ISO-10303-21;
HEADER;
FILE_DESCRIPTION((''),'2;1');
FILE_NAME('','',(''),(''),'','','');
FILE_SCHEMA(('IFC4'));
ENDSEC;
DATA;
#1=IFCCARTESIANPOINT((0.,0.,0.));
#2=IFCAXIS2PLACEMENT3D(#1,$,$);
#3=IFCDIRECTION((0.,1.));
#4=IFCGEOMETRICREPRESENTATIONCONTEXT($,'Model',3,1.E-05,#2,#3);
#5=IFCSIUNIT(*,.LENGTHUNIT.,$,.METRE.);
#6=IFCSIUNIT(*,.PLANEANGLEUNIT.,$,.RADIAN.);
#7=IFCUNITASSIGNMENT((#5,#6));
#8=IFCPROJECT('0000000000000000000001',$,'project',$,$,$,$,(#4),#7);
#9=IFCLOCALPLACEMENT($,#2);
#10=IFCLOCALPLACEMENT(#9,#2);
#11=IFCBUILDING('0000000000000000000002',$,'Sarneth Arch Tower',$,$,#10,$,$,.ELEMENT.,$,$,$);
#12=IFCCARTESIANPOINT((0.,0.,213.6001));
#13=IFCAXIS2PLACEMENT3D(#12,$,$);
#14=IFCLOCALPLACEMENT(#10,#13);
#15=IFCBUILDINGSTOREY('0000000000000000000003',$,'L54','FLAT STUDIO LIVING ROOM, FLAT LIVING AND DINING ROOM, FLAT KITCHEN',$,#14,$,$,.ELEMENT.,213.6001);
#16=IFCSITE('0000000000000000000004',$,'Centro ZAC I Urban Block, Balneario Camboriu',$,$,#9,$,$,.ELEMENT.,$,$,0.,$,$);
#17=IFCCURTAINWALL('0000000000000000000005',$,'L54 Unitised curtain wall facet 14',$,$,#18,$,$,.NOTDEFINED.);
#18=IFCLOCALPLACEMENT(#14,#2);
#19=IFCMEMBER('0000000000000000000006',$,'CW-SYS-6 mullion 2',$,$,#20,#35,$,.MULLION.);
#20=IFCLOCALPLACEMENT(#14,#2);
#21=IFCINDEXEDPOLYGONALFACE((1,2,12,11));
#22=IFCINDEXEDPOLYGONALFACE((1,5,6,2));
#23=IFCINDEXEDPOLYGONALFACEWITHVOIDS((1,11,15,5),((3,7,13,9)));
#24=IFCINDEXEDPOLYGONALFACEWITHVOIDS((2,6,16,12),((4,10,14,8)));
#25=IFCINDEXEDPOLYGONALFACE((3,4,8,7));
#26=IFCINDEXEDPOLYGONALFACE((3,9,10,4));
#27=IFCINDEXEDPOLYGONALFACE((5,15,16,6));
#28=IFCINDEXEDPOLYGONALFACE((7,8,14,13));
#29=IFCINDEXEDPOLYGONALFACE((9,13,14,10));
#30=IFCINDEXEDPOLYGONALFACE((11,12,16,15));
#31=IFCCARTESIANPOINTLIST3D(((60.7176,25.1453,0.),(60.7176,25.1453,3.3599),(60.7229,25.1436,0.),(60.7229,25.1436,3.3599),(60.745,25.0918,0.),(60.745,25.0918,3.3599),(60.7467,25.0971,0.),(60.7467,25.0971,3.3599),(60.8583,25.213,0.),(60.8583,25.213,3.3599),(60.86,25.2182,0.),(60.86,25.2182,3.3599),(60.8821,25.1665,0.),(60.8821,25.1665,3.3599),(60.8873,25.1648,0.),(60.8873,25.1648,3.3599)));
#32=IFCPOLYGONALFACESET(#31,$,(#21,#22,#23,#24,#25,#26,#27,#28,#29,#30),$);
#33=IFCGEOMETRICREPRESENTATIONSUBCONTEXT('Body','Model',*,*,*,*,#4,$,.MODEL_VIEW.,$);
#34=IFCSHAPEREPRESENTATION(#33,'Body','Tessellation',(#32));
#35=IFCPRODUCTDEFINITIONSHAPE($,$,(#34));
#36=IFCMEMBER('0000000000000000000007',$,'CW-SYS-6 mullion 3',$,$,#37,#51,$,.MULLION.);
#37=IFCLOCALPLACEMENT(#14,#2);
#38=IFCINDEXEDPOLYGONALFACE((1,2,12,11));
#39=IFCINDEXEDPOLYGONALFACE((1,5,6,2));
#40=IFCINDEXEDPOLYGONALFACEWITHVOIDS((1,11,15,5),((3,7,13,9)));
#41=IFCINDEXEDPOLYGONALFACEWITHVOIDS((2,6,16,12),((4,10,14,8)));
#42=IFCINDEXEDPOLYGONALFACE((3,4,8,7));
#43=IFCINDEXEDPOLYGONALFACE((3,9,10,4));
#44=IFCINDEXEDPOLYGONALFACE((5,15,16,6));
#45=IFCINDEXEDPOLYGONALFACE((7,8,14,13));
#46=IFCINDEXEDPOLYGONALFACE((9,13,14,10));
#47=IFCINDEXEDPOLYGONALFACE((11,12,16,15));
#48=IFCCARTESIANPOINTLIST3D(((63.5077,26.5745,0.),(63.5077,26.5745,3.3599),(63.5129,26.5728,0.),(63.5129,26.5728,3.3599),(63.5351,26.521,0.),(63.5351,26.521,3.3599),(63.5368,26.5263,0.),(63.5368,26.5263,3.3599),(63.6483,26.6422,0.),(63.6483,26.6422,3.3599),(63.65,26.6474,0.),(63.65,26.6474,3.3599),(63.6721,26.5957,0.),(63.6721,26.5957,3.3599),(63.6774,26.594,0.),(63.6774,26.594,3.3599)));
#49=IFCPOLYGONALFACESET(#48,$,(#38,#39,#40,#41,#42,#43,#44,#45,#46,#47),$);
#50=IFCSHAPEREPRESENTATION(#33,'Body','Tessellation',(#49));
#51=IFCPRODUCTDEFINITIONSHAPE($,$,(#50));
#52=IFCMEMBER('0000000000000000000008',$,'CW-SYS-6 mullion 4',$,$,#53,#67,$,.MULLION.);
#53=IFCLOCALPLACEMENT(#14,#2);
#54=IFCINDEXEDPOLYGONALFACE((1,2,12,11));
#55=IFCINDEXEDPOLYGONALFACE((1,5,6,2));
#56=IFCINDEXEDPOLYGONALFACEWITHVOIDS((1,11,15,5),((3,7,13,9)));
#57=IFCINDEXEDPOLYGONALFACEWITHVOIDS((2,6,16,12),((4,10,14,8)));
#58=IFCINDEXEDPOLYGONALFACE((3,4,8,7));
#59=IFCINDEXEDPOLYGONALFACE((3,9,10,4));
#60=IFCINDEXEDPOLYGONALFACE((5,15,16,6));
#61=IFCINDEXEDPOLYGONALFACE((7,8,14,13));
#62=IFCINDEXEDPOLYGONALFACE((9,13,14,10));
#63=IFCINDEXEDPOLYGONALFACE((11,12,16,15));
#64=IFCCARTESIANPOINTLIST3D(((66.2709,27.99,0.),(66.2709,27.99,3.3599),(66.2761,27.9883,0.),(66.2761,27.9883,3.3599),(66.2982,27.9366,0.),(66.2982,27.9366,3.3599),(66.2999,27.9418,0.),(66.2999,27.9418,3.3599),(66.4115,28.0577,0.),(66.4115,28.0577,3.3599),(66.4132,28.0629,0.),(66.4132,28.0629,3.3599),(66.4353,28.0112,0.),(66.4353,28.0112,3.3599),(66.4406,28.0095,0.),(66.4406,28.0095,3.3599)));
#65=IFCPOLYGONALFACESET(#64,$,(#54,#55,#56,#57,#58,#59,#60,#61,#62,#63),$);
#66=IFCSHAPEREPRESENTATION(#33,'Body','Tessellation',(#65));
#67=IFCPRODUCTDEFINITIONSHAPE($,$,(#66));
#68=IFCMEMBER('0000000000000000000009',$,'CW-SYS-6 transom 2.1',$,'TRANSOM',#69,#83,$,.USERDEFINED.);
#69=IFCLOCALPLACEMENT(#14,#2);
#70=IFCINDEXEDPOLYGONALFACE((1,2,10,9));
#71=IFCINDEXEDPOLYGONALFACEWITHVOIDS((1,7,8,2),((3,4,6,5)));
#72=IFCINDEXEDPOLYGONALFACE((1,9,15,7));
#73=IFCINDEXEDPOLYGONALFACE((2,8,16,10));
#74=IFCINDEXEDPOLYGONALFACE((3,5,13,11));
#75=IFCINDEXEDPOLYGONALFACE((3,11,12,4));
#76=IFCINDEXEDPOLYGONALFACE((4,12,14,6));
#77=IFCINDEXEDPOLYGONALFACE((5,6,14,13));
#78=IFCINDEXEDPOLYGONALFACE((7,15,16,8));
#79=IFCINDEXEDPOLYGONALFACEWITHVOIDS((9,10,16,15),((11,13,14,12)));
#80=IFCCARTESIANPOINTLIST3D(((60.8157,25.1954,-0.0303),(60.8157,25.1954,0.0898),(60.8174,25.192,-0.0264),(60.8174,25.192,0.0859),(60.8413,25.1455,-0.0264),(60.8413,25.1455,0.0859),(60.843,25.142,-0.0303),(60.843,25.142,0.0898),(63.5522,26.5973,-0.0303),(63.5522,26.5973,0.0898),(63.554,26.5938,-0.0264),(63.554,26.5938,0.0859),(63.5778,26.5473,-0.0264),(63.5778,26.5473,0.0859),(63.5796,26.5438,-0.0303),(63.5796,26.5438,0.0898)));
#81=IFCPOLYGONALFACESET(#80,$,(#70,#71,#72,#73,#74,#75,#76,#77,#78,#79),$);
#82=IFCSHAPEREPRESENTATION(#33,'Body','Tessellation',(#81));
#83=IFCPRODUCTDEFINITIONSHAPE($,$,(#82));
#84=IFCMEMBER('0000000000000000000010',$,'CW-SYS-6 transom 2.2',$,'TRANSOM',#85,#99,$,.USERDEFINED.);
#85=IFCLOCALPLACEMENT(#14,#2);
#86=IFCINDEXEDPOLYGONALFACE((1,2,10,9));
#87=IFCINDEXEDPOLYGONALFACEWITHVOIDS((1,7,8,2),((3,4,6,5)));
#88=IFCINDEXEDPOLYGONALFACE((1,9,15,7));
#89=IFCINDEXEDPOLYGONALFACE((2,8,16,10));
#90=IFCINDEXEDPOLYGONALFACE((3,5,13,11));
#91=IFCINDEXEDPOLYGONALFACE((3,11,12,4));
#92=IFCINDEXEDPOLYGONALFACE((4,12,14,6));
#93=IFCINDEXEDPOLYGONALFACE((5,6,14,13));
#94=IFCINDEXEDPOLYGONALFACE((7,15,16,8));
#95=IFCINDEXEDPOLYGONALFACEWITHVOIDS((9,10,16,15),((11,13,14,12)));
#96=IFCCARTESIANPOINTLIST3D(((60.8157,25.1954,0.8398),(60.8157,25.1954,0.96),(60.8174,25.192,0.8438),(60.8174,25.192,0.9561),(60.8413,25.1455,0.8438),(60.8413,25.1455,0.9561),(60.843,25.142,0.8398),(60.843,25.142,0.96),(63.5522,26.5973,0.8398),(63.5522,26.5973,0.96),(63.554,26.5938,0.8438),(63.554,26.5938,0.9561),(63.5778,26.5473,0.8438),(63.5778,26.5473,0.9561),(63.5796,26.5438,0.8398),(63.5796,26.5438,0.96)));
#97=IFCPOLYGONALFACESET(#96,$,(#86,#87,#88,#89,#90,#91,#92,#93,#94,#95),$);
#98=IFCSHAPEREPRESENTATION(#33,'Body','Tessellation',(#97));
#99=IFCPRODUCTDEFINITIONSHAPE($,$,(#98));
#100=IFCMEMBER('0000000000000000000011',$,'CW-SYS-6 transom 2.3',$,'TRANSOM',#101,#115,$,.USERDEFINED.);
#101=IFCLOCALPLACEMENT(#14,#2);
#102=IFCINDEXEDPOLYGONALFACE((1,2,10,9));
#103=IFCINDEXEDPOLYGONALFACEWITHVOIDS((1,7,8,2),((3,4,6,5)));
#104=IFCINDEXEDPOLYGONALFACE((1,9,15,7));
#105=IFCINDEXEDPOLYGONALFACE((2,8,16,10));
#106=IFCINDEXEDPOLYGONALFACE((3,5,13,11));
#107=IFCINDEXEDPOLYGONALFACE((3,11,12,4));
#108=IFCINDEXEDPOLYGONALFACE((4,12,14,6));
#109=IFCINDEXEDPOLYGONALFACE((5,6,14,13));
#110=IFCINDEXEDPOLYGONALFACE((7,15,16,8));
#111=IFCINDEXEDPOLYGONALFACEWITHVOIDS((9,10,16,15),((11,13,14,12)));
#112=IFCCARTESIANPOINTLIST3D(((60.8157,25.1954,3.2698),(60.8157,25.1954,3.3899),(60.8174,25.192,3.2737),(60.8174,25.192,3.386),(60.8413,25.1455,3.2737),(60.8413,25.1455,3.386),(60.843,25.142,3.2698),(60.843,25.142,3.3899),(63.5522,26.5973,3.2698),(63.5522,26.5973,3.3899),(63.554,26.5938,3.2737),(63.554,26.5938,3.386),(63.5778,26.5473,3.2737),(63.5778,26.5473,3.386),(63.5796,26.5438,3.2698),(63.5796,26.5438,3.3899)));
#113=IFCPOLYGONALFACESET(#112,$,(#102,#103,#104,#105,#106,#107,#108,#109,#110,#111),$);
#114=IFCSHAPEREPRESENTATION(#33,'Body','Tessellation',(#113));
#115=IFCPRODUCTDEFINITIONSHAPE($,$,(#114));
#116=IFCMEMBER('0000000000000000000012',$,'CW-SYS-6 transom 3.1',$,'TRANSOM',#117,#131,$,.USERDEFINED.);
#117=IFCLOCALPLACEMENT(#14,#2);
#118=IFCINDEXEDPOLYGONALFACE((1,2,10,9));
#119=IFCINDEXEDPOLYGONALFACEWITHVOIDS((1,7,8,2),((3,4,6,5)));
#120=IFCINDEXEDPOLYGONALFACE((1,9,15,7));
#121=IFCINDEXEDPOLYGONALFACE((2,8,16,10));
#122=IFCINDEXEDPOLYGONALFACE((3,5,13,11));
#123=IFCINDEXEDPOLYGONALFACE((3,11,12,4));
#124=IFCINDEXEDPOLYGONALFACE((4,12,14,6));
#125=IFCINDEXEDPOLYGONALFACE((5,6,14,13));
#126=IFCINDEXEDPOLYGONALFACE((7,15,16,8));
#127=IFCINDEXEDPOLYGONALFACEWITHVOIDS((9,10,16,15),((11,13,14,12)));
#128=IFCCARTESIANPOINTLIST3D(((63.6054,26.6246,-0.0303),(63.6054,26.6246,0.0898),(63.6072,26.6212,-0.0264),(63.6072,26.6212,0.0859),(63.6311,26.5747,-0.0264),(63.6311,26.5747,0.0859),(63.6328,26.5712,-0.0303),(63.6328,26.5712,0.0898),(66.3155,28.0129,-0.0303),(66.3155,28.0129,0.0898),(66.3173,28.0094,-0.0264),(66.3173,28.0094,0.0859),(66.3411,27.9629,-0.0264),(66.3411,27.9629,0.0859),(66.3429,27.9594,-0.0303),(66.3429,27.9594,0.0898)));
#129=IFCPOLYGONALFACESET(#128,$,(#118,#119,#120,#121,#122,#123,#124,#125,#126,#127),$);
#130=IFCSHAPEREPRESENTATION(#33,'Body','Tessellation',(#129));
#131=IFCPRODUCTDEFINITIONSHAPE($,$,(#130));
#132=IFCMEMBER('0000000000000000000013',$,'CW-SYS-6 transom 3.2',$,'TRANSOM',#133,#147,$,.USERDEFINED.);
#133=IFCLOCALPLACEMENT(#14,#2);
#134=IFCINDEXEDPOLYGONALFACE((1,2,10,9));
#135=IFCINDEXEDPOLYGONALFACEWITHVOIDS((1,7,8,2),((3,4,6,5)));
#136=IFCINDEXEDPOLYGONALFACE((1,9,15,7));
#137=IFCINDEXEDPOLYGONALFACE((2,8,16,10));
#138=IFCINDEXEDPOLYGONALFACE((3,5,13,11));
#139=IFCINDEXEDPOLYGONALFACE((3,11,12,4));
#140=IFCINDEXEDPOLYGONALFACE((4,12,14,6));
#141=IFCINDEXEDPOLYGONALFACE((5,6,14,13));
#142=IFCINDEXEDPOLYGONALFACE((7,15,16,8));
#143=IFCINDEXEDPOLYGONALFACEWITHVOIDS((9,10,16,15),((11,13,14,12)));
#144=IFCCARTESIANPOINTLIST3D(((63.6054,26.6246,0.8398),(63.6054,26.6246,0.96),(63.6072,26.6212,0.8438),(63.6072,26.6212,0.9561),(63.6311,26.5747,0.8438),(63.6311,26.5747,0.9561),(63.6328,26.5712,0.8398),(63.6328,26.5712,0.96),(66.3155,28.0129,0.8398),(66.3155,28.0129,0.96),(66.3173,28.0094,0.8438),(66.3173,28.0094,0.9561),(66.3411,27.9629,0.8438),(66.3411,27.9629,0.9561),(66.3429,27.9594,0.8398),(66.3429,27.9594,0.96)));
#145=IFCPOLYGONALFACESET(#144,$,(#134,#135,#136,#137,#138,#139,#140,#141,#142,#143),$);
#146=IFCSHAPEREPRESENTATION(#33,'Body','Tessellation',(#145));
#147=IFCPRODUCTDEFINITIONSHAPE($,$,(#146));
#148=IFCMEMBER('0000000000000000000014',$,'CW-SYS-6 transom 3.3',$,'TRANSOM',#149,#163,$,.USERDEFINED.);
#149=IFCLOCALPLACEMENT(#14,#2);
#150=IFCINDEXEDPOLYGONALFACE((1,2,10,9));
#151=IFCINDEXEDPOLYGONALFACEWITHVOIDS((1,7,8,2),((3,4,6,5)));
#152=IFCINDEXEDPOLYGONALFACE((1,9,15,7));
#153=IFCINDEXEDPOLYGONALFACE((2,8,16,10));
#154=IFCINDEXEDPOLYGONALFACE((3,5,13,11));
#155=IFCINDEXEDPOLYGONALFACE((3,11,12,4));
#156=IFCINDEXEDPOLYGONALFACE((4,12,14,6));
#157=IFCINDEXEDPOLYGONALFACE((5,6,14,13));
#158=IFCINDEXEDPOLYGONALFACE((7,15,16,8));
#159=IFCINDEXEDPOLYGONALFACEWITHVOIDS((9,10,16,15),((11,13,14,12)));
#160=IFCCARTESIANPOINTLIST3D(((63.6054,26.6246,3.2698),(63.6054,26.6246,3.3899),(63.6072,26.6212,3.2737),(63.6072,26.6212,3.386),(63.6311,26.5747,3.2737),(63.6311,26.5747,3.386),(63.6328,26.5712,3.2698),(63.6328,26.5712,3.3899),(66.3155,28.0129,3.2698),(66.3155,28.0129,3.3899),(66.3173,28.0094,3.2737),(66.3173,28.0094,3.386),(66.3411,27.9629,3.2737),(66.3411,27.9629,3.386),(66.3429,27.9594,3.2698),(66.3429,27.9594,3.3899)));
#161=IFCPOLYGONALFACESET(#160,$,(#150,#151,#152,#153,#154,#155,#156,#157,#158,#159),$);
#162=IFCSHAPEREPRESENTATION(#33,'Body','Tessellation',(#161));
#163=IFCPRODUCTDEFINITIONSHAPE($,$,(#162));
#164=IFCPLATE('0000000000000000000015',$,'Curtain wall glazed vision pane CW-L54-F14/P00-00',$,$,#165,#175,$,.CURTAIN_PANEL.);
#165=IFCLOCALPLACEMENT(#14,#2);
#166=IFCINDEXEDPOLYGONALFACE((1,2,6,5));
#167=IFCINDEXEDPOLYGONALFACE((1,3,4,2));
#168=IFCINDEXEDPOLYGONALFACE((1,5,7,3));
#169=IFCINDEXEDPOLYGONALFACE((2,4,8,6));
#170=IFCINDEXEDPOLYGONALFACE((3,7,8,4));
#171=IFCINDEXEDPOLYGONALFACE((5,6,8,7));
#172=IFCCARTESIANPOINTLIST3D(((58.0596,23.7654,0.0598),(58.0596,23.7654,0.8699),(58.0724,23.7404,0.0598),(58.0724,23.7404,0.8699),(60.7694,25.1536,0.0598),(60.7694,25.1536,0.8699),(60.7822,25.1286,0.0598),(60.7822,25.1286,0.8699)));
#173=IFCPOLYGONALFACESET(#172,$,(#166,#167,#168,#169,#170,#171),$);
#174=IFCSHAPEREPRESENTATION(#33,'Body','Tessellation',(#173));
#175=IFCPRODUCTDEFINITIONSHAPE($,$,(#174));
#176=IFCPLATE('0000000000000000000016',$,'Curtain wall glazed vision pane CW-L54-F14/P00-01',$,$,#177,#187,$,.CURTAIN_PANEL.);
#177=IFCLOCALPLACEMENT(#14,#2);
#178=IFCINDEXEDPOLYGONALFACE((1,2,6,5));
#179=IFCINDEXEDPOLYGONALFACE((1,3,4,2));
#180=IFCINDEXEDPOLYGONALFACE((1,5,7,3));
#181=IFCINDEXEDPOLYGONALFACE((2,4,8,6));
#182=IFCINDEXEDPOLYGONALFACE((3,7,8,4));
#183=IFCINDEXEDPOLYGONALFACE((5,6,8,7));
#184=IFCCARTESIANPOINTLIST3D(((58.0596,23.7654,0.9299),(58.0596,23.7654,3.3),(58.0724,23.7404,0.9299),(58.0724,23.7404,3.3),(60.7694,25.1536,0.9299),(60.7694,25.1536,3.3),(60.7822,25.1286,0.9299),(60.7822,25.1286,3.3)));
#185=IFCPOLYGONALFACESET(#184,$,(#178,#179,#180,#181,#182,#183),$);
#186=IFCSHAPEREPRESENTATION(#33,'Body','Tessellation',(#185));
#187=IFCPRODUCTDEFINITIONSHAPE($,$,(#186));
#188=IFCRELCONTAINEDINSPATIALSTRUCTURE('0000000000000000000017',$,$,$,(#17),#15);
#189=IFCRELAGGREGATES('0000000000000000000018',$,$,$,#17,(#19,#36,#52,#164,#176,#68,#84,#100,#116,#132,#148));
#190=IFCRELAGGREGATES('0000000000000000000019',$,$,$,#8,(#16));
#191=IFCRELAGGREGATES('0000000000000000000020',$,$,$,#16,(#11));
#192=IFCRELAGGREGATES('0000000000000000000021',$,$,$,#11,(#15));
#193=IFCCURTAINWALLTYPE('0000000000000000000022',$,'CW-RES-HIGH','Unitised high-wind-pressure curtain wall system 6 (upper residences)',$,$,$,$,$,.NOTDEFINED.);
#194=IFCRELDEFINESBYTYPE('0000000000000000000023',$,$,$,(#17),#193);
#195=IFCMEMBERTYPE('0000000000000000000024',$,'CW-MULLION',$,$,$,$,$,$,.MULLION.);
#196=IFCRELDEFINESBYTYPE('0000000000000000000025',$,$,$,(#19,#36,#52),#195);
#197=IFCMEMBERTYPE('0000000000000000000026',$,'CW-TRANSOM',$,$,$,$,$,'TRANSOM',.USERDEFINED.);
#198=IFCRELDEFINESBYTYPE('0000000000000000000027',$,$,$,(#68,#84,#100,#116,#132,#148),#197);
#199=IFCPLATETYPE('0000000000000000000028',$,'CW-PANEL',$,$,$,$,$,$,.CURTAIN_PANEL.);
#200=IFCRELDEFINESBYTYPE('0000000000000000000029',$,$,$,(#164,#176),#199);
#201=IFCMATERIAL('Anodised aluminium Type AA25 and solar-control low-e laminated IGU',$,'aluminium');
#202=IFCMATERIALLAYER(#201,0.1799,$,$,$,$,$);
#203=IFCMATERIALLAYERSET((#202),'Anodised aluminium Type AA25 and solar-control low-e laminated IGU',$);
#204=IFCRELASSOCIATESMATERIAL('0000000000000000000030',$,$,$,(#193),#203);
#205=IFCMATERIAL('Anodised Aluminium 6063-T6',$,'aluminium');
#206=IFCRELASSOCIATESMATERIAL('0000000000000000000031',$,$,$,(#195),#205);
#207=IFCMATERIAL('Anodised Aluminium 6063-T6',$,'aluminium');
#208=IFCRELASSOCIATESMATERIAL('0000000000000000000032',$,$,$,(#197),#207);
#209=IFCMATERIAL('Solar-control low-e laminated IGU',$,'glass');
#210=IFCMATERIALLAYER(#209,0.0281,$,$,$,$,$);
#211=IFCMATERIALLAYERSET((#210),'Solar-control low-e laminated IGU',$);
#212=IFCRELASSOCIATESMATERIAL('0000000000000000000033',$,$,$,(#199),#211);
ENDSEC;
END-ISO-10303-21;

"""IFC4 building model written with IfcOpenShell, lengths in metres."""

from ifc_helpers import new_model, si_unit, direction, frame, origin, origin_2d, place, context, subcontext, project, spatial, rectangle, hollow_rectangle, extrude, material, layer, layer_set, material_profile, profile_set, type_object, element, aggregate, save


model = new_model("IFC4")

# Units and contexts
model_context = context("Model", 3, precision=1e-05, world=origin(), true_north=direction((0.0, 1.0)))
body_context = subcontext(model_context, "Body", "Model", "MODEL_VIEW")
ifc_project = project(units=[si_unit("LENGTHUNIT", "METRE"), si_unit("PLANEANGLEUNIT", "RADIAN")], contexts=[model_context])

# Site, building, storey
site_placement = place(None, origin())
site = spatial("IfcSite", under=ifc_project, at=site_placement, Name="Centro ZAC I Urban Block, Balneario Camboriu", CompositionType="ELEMENT", RefElevation=0.0)
building_placement = place(site_placement, origin())
building = spatial("IfcBuilding", under=site, at=building_placement, Name="Sarneth Arch Tower", CompositionType="ELEMENT")
storey_placement = place(building_placement, frame((0.0, 0.0, 213.6001)))
storey = spatial("IfcBuildingStorey", under=building, at=storey_placement, Name="L54", Description="FLAT STUDIO LIVING ROOM, FLAT LIVING AND DINING ROOM, FLAT KITCHEN", CompositionType="ELEMENT", Elevation=213.6001)

# Curtain wall, members, plates
ifc_material_1 = material(Name="Anodised aluminium Type AA25 and solar-control low-e laminated IGU", Category="aluminium")
ifc_layer_1 = layer(ifc_material_1, 0.1799)
ifc_layer_set_1 = layer_set([ifc_layer_1], Name="Anodised aluminium Type AA25 and solar-control low-e laminated IGU")
curtain_wall_type = type_object("IfcCurtainWallType", Name="CW-RES-HIGH", Description="Unitised high-wind-pressure curtain wall system 6 (upper residences)", PredefinedType="NOTDEFINED", material=ifc_layer_set_1)
curtain_wall_placement = place(storey_placement, origin())
curtain_wall = element("IfcCurtainWall", 1, at=curtain_wall_placement, inside=storey, type_object=curtain_wall_type, Name="L54 Unitised curtain wall facet 14", PredefinedType="NOTDEFINED")
ifc_material_2 = material(Name="Anodised Aluminium 6063-T6", Category="aluminium")
ifc_material_profile_1 = material_profile(ifc_material_2, hollow_rectangle(XDim=0.0601, YDim=0.1599, WallThickness=0.0039, at=origin_2d()), Name="AL-MULL-160x60x4")
ifc_profile_set_1 = profile_set([ifc_material_profile_1], Name="Anodised Aluminium 6063-T6")
member_type_1 = type_object("IfcMemberType", Name="CW-MULLION", PredefinedType="MULLION", material=ifc_profile_set_1)
member_1_placement = place(storey_placement, frame((60.8025, 25.155, 0.0), z_axis=(0.0, 0.0, 1.0), x_axis=(-0.455942, 0.89001, 0.0)))
member_1 = element("IfcMember", 2, at=member_1_placement, type_object=member_type_1, Name="CW-SYS-6 mullion 2", PredefinedType="MULLION", context=body_context, shape_type="SweptSolid", body=[
    extrude(hollow_rectangle(XDim=0.0601, YDim=0.1599, WallThickness=0.0039, at=origin_2d()), origin(), (0.0, 0.0, 1.0), 3.3599),
])
member_2_placement = place(storey_placement, frame((63.5925, 26.5842, 0.0), z_axis=(0.0, 0.0, 1.0), x_axis=(-0.455942, 0.89001, 0.0)))
member_2 = element("IfcMember", 3, at=member_2_placement, type_object=member_type_1, Name="CW-SYS-6 mullion 3", PredefinedType="MULLION", context=body_context, shape_type="SweptSolid", body=[
    extrude(hollow_rectangle(XDim=0.0601, YDim=0.1599, WallThickness=0.0039, at=origin_2d()), origin(), (0.0, 0.0, 1.0), 3.3599),
])
member_3_placement = place(storey_placement, frame((66.3557, 27.9998, 0.0), z_axis=(0.0, 0.0, 1.0), x_axis=(-0.455942, 0.89001, 0.0)))
member_3 = element("IfcMember", 4, at=member_3_placement, type_object=member_type_1, Name="CW-SYS-6 mullion 4", PredefinedType="MULLION", context=body_context, shape_type="SweptSolid", body=[
    extrude(hollow_rectangle(XDim=0.0601, YDim=0.1599, WallThickness=0.0039, at=origin_2d()), origin(), (0.0, 0.0, 1.0), 3.3599),
])
ifc_material_3 = material(Name="Anodised Aluminium 6063-T6", Category="aluminium")
ifc_material_profile_2 = material_profile(ifc_material_3, hollow_rectangle(XDim=0.0601, YDim=0.1201, WallThickness=0.0039, at=origin_2d()), Name="AL-TRAN-120x60x4")
ifc_profile_set_2 = profile_set([ifc_material_profile_2], Name="Anodised Aluminium 6063-T6")
member_type_2 = type_object("IfcMemberType", Name="CW-TRANSOM", ElementType="TRANSOM", PredefinedType="USERDEFINED", material=ifc_profile_set_2)
member_4_placement = place(storey_placement, frame((60.8293, 25.1687, 0.0298), z_axis=(0.890017, 0.455926, 0.0), x_axis=(-0.455926, 0.890017, 0.0)))
member_4 = element("IfcMember", 5, at=member_4_placement, type_object=member_type_2, Name="CW-SYS-6 transom 2.1", ObjectType="TRANSOM", PredefinedType="USERDEFINED", context=body_context, shape_type="SweptSolid", body=[
    extrude(hollow_rectangle(XDim=0.0601, YDim=0.1201, WallThickness=0.0039, at=origin_2d()), origin(), (0.0, 0.0, 1.0), 3.0747),
])
member_5_placement = place(storey_placement, frame((60.8293, 25.1687, 0.8999), z_axis=(0.890017, 0.455926, 0.0), x_axis=(-0.455926, 0.890017, 0.0)))
member_5 = element("IfcMember", 6, at=member_5_placement, type_object=member_type_2, Name="CW-SYS-6 transom 2.2", ObjectType="TRANSOM", PredefinedType="USERDEFINED", context=body_context, shape_type="SweptSolid", body=[
    extrude(hollow_rectangle(XDim=0.0601, YDim=0.1201, WallThickness=0.0039, at=origin_2d()), origin(), (0.0, 0.0, 1.0), 3.0747),
])
member_6_placement = place(storey_placement, frame((60.8293, 25.1687, 3.3298), z_axis=(0.890017, 0.455926, 0.0), x_axis=(-0.455926, 0.890017, 0.0)))
member_6 = element("IfcMember", 7, at=member_6_placement, type_object=member_type_2, Name="CW-SYS-6 transom 2.3", ObjectType="TRANSOM", PredefinedType="USERDEFINED", context=body_context, shape_type="SweptSolid", body=[
    extrude(hollow_rectangle(XDim=0.0601, YDim=0.1201, WallThickness=0.0039, at=origin_2d()), origin(), (0.0, 0.0, 1.0), 3.0747),
])
member_7_placement = place(storey_placement, frame((63.6191, 26.5979, 0.0298), z_axis=(0.890023, 0.455916, 0.0), x_axis=(-0.455916, 0.890023, 0.0)))
member_7 = element("IfcMember", 8, at=member_7_placement, type_object=member_type_2, Name="CW-SYS-6 transom 3.1", ObjectType="TRANSOM", PredefinedType="USERDEFINED", context=body_context, shape_type="SweptSolid", body=[
    extrude(hollow_rectangle(XDim=0.0601, YDim=0.1201, WallThickness=0.0039, at=origin_2d()), origin(), (0.0, 0.0, 1.0), 3.0449),
])
member_8_placement = place(storey_placement, frame((63.6191, 26.5979, 0.8999), z_axis=(0.890023, 0.455916, 0.0), x_axis=(-0.455916, 0.890023, 0.0)))
member_8 = element("IfcMember", 9, at=member_8_placement, type_object=member_type_2, Name="CW-SYS-6 transom 3.2", ObjectType="TRANSOM", PredefinedType="USERDEFINED", context=body_context, shape_type="SweptSolid", body=[
    extrude(hollow_rectangle(XDim=0.0601, YDim=0.1201, WallThickness=0.0039, at=origin_2d()), origin(), (0.0, 0.0, 1.0), 3.0449),
])
member_9_placement = place(storey_placement, frame((63.6191, 26.5979, 3.3298), z_axis=(0.890023, 0.455916, 0.0), x_axis=(-0.455916, 0.890023, 0.0)))
member_9 = element("IfcMember", 10, at=member_9_placement, type_object=member_type_2, Name="CW-SYS-6 transom 3.3", ObjectType="TRANSOM", PredefinedType="USERDEFINED", context=body_context, shape_type="SweptSolid", body=[
    extrude(hollow_rectangle(XDim=0.0601, YDim=0.1201, WallThickness=0.0039, at=origin_2d()), origin(), (0.0, 0.0, 1.0), 3.0449),
])
ifc_material_4 = material(Name="Solar-control low-e laminated IGU", Category="glass")
ifc_layer_2 = layer(ifc_material_4, 0.0281)
ifc_layer_set_2 = layer_set([ifc_layer_2], Name="Solar-control low-e laminated IGU")
plate_type_1 = type_object("IfcPlateType", Name="CW-PANEL", PredefinedType="CURTAIN_PANEL", material=ifc_layer_set_2)
plate_1_placement = place(storey_placement, frame((59.4209, 24.447, 0.0598), z_axis=(0.0, 0.0, 1.0), x_axis=(0.89001, 0.455942, 0.0)))
plate_1 = element("IfcPlate", 11, at=plate_1_placement, type_object=plate_type_1, Name="Curtain wall glazed vision pane CW-L54-F14/P00-00", PredefinedType="CURTAIN_PANEL", context=body_context, shape_type="SweptSolid", body=[
    extrude(rectangle(XDim=3.0447, YDim=0.0281, at=origin_2d()), origin(), (0.0, 0.0, 1.0), 0.8101),
])
plate_2_placement = place(storey_placement, frame((59.4209, 24.447, 0.9299), z_axis=(0.0, 0.0, 1.0), x_axis=(0.89001, 0.455942, 0.0)))
plate_2 = element("IfcPlate", 12, at=plate_2_placement, type_object=plate_type_1, Name="Curtain wall glazed vision pane CW-L54-F14/P00-01", PredefinedType="CURTAIN_PANEL", context=body_context, shape_type="SweptSolid", body=[
    extrude(rectangle(XDim=3.0447, YDim=0.0281, at=origin_2d()), origin(), (0.0, 0.0, 1.0), 2.3701),
])
aggregate(curtain_wall, [member_1, member_2, member_3, plate_1, plate_2, member_4, member_5, member_6, member_7, member_8, member_9])

save(model, "model.ifc")
